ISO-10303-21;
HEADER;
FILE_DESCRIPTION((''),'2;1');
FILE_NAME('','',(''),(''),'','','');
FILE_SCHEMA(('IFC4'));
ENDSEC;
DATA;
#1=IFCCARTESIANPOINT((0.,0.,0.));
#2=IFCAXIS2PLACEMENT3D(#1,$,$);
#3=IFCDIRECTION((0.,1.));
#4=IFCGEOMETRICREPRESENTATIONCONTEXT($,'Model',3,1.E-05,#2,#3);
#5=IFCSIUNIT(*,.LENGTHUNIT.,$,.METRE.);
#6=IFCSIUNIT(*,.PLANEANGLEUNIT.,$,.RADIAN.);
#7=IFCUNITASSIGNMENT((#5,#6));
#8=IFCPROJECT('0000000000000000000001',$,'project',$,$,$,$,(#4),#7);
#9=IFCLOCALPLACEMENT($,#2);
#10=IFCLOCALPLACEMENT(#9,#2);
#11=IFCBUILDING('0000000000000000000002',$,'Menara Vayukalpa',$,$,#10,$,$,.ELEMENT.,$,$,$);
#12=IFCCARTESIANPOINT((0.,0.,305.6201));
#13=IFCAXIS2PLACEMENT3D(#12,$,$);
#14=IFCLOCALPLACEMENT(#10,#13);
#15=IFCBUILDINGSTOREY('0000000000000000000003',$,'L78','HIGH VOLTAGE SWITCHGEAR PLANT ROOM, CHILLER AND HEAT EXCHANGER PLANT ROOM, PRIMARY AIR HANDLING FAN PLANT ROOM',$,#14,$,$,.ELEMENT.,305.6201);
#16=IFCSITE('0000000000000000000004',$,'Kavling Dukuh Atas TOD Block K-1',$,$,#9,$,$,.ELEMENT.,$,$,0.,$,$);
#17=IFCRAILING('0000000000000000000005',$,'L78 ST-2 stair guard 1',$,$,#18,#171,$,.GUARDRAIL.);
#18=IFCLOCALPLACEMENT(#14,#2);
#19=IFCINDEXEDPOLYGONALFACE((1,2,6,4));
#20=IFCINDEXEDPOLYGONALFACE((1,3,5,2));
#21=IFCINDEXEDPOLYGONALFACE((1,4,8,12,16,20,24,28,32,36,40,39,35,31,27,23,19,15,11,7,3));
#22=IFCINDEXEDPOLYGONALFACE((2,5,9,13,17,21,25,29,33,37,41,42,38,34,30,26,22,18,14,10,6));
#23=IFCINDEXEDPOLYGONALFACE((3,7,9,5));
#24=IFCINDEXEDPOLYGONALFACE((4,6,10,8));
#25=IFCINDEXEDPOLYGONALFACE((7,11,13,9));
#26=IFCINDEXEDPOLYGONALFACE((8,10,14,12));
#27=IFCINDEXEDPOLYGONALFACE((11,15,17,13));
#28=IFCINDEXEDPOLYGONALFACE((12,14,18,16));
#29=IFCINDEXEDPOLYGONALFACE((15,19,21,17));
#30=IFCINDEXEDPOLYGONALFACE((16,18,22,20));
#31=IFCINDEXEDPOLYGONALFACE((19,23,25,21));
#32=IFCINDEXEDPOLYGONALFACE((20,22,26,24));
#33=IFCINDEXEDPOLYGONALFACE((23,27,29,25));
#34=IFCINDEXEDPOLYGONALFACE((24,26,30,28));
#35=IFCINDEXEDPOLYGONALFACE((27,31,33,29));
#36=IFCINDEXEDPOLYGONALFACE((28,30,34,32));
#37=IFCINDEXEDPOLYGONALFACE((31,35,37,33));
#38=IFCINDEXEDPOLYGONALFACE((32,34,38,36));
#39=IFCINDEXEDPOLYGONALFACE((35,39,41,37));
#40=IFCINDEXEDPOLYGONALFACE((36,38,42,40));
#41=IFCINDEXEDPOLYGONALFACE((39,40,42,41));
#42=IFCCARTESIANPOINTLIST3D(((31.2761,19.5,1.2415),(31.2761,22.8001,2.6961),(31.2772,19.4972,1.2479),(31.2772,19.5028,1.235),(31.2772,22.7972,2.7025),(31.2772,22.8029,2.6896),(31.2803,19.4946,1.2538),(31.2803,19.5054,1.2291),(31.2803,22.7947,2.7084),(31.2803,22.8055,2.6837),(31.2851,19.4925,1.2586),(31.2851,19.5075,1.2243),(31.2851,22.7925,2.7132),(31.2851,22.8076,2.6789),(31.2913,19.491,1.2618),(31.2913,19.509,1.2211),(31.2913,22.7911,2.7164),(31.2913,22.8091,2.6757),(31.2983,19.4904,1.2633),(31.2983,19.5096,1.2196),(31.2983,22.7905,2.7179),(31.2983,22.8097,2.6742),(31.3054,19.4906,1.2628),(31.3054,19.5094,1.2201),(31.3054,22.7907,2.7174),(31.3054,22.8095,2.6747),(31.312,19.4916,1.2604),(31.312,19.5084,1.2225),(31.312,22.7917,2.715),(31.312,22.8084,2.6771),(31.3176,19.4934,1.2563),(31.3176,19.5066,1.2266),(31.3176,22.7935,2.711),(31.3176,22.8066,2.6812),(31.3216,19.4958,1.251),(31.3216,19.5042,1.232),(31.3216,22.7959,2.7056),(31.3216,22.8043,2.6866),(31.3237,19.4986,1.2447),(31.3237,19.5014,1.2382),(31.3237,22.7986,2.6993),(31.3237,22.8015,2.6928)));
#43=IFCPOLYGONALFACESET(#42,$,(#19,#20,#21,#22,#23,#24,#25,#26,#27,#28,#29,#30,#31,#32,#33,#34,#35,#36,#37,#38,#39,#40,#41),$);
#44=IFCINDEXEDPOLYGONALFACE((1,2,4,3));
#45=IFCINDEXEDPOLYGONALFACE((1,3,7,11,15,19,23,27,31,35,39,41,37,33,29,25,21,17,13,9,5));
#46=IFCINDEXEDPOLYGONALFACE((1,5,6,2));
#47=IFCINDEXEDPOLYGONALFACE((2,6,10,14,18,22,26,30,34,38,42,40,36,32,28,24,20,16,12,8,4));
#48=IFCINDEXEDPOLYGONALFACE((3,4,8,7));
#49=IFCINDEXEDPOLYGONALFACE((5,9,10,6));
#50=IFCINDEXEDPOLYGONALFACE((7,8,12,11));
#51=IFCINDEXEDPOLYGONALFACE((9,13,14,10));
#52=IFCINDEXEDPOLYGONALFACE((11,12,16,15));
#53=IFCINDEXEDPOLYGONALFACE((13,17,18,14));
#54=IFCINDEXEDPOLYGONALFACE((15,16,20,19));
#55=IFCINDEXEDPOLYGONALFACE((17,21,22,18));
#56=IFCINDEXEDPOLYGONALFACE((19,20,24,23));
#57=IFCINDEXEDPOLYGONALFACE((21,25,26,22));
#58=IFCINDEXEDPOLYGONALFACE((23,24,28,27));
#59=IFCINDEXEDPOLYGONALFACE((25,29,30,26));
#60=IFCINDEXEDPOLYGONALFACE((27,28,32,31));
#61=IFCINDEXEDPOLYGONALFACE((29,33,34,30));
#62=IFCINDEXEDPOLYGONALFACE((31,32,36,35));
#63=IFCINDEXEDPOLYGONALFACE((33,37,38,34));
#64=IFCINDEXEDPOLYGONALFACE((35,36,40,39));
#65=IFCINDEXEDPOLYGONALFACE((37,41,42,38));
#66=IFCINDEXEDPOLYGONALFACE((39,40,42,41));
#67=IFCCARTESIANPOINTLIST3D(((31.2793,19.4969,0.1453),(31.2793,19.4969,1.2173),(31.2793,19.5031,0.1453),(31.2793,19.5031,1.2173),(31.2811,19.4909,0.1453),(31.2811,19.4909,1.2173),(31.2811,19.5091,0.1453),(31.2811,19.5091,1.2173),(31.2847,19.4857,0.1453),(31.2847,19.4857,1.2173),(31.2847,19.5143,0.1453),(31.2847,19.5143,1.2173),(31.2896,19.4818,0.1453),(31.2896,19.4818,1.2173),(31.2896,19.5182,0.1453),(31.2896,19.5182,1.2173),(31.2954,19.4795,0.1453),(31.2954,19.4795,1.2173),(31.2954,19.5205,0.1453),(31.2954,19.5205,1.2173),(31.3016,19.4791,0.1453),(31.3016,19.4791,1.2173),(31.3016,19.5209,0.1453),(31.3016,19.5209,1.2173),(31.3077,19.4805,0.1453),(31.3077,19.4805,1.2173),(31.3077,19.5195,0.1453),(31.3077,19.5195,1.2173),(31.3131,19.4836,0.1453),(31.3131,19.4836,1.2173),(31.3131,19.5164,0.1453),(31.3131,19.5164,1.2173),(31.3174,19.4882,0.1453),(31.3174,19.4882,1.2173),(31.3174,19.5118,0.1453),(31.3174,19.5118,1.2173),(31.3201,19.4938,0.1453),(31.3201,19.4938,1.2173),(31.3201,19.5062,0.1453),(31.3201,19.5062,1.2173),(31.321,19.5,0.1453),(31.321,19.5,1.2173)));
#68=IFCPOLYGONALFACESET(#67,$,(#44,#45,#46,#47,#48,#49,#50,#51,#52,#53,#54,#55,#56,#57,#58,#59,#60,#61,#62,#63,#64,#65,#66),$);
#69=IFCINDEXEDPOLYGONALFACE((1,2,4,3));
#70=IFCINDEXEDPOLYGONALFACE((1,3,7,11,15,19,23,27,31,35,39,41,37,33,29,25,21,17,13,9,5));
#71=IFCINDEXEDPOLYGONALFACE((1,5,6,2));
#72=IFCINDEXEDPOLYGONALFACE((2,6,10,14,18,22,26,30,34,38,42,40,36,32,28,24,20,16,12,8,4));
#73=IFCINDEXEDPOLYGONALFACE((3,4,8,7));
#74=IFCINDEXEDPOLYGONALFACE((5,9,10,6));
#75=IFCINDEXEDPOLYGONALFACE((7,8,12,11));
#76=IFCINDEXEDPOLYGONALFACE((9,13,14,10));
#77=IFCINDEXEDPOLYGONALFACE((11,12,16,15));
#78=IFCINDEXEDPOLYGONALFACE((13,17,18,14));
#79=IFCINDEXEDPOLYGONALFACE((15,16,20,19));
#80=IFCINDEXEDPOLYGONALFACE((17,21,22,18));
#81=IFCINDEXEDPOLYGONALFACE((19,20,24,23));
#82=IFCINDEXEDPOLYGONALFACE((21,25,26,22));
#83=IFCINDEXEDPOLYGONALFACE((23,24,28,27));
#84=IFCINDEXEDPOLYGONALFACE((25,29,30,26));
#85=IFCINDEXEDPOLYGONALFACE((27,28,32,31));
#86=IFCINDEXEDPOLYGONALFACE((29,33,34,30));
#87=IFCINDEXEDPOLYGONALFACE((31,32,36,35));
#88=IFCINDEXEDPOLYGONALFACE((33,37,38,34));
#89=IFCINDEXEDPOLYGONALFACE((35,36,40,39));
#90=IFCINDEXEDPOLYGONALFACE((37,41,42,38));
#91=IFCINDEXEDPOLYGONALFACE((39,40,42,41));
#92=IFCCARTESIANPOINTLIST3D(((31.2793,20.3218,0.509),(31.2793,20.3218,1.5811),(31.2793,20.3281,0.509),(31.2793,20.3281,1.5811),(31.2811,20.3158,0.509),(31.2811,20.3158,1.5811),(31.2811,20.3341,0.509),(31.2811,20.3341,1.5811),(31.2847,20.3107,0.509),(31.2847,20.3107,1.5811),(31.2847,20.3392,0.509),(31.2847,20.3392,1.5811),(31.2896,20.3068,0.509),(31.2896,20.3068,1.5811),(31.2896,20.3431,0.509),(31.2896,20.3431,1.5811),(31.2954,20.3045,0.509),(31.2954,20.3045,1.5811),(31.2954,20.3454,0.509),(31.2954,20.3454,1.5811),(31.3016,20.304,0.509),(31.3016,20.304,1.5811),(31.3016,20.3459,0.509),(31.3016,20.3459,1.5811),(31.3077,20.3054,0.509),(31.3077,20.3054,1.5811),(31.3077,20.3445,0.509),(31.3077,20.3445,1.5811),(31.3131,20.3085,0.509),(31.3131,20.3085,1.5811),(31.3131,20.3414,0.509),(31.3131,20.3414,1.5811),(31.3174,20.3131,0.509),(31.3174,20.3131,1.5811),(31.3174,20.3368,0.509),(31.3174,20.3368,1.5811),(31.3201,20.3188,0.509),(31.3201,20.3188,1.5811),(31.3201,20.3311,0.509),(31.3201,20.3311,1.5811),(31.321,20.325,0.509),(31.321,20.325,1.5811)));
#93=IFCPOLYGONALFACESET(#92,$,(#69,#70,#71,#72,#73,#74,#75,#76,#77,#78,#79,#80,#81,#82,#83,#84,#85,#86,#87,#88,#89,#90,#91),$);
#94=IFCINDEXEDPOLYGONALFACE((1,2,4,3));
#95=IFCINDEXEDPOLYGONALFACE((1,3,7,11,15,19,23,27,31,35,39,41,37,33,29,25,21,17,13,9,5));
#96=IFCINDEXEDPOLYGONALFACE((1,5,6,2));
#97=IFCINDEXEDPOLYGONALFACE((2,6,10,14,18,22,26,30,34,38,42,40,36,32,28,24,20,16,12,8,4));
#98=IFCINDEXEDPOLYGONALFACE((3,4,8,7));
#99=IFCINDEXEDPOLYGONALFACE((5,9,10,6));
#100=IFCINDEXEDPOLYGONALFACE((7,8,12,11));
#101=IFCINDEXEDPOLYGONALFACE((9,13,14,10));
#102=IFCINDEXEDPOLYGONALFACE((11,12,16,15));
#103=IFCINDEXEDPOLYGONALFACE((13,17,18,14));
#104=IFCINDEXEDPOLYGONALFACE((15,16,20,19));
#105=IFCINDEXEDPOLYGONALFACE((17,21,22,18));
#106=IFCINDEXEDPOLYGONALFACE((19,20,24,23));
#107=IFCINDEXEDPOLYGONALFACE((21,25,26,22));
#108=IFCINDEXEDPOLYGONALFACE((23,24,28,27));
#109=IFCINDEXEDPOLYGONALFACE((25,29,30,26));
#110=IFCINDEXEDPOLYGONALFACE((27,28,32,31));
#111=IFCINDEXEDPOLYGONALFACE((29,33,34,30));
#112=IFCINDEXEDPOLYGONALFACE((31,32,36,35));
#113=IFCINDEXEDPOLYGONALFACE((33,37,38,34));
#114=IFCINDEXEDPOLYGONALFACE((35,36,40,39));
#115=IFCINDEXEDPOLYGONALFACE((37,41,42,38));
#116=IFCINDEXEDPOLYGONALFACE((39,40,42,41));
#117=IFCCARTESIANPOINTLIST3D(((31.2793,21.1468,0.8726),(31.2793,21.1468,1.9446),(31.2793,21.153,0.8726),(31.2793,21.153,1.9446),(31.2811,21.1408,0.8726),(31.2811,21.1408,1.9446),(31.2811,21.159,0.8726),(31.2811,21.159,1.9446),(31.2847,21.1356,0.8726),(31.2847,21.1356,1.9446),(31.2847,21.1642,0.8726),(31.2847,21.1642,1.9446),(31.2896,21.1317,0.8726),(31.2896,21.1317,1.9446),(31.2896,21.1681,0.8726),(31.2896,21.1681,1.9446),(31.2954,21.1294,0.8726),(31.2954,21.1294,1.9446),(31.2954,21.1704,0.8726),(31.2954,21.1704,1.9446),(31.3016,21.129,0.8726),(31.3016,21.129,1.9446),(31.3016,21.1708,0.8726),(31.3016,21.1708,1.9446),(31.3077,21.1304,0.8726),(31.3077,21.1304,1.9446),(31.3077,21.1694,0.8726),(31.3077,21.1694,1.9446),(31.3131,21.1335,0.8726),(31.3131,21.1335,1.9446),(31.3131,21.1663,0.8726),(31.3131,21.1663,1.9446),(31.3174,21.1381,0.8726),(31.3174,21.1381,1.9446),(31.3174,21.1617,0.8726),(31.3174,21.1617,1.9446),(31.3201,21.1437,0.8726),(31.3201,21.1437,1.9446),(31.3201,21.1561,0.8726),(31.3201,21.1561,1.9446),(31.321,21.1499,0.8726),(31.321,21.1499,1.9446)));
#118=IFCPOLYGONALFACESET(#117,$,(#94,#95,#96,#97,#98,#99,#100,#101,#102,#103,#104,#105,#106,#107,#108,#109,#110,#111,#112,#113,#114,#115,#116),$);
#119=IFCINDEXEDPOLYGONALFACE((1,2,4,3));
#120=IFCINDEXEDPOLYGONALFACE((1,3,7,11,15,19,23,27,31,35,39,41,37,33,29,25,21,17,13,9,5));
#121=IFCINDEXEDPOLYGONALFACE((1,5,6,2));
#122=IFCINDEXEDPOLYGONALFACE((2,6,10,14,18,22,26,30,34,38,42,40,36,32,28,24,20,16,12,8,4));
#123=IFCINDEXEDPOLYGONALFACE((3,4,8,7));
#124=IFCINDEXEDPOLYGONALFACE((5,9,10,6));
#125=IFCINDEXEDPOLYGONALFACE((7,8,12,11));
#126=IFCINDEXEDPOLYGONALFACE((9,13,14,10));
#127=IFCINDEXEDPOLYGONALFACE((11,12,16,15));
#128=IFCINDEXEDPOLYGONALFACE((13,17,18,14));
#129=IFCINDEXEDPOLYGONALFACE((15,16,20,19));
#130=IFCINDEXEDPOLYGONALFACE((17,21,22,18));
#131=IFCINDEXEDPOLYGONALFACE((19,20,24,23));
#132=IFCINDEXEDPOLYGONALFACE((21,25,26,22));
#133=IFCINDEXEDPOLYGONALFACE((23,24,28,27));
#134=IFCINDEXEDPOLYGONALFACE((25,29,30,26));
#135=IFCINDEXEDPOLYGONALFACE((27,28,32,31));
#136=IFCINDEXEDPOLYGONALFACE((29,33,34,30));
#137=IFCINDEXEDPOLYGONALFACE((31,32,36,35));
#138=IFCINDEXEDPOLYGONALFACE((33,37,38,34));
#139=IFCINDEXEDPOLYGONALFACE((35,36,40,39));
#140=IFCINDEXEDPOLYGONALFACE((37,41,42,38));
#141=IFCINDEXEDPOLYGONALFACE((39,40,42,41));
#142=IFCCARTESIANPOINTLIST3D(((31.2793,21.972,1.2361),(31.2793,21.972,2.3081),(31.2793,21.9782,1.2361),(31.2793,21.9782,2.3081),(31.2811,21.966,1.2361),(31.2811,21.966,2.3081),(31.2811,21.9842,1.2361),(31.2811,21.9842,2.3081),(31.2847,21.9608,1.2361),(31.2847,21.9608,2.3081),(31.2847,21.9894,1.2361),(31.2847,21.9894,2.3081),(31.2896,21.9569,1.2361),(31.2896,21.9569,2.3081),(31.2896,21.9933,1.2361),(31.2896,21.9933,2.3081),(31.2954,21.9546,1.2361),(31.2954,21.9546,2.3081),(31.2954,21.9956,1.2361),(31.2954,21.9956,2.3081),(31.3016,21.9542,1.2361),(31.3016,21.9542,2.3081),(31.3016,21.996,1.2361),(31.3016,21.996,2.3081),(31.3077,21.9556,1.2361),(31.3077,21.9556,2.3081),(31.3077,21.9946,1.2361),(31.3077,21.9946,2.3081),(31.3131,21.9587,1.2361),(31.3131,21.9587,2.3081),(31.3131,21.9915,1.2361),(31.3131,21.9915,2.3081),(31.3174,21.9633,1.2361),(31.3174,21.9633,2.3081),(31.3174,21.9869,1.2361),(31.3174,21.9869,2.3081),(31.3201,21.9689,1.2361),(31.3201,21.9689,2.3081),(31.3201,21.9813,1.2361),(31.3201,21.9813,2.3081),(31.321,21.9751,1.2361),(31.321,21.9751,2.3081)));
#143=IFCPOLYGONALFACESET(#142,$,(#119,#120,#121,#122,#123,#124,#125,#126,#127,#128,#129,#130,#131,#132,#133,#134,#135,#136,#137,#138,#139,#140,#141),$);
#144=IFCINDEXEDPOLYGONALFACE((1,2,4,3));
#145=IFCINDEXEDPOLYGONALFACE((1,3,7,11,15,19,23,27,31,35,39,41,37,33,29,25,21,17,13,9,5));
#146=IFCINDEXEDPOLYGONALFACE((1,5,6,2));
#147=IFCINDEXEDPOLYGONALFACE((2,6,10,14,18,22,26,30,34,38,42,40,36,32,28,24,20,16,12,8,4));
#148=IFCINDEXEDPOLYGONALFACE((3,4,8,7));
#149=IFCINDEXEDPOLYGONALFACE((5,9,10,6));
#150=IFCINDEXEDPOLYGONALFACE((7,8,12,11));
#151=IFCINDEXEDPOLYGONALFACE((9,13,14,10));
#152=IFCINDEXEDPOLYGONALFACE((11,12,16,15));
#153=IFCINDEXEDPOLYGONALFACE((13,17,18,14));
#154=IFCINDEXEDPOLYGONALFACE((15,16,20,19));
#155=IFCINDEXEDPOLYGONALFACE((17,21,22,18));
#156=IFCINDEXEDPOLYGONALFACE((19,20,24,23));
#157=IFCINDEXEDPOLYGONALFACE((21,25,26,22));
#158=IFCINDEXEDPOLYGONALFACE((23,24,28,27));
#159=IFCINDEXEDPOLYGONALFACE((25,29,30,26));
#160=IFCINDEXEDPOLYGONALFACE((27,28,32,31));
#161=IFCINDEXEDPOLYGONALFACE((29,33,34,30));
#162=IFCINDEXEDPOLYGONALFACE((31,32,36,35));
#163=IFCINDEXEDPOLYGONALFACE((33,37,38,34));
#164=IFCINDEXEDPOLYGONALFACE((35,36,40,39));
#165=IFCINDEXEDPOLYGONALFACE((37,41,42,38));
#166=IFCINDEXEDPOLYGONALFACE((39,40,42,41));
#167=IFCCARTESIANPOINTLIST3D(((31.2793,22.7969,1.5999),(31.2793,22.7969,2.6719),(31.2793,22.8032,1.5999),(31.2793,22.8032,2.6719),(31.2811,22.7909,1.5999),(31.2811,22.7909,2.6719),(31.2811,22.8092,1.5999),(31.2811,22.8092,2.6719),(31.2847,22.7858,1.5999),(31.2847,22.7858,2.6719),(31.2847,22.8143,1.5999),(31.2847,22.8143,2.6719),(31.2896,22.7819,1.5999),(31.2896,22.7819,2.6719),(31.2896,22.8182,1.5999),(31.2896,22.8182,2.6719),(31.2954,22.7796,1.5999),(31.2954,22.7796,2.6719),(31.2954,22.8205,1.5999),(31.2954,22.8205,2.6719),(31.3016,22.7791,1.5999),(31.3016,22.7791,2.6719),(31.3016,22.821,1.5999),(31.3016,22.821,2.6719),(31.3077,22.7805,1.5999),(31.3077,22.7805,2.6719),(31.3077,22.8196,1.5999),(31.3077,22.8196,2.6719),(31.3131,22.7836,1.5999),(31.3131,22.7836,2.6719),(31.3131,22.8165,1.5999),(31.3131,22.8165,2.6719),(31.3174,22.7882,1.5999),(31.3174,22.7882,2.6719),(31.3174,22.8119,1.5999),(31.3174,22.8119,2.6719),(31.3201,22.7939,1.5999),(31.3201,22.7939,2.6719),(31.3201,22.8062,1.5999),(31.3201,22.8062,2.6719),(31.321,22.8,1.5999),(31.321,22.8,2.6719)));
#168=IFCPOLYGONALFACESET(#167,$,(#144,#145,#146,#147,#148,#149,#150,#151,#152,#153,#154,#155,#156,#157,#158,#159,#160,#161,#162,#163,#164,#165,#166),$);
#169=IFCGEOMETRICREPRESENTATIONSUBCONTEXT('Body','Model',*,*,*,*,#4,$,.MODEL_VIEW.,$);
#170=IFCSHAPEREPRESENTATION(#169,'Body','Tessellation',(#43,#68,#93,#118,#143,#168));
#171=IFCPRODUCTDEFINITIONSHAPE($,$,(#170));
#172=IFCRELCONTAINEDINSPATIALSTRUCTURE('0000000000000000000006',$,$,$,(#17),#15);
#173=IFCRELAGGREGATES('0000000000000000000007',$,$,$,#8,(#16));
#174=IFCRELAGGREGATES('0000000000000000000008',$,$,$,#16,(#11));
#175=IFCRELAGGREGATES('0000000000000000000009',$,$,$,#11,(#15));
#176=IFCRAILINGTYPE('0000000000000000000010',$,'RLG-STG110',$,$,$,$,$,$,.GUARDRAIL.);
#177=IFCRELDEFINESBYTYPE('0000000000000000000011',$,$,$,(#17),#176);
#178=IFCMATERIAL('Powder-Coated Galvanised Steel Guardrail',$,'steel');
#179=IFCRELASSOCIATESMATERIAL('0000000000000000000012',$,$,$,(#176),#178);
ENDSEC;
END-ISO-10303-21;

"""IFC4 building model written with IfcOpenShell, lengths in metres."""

from ifc_helpers import new_model, si_unit, direction, frame, origin, origin_2d, place, context, subcontext, project, spatial, circle, extrude, material, type_object, element, save


model = new_model("IFC4")

# Units and contexts
model_context = context("Model", 3, precision=1e-05, world=origin(), true_north=direction((0.0, 1.0)))
body_context = subcontext(model_context, "Body", "Model", "MODEL_VIEW")
ifc_project = project(units=[si_unit("LENGTHUNIT", "METRE"), si_unit("PLANEANGLEUNIT", "RADIAN")], contexts=[model_context])

# Site, building, storey
site_placement = place(None, origin())
site = spatial("IfcSite", under=ifc_project, at=site_placement, Name="Kavling Dukuh Atas TOD Block K-1", CompositionType="ELEMENT", RefElevation=0.0)
building_placement = place(site_placement, origin())
building = spatial("IfcBuilding", under=site, at=building_placement, Name="Menara Vayukalpa", CompositionType="ELEMENT")
storey_placement = place(building_placement, frame((0.0, 0.0, 305.6201)))
storey = spatial("IfcBuildingStorey", under=building, at=storey_placement, Name="L78", Description="HIGH VOLTAGE SWITCHGEAR PLANT ROOM, CHILLER AND HEAT EXCHANGER PLANT ROOM, PRIMARY AIR HANDLING FAN PLANT ROOM", CompositionType="ELEMENT", Elevation=305.6201)

# Railing
ifc_material_1 = material(Name="Powder-Coated Galvanised Steel Guardrail", Category="steel")
railing_type_1 = type_object("IfcRailingType", Name="RLG-STG110", PredefinedType="GUARDRAIL", material=ifc_material_1)
railing_1_placement = place(storey_placement, frame((31.3, 19.5, 0.1453)))
element("IfcRailing", 1, at=railing_1_placement, inside=storey, type_object=railing_type_1, Name="L78 ST-2 stair guard 1", PredefinedType="GUARDRAIL", context=body_context, shape_type="SweptSolid", body=[
    extrude(circle(Radius=0.0239, at=origin_2d()), frame((0.0, 0.0, 1.0962), z_axis=(0.0, 0.915052, 0.403335), x_axis=(-1.0, 0.0, 0.0)), (0.0, 0.0, 1.0), 3.6064),
    extrude(circle(Radius=0.021, at=origin_2d()), origin(), (0.0, 0.0, 1.0), 1.072),
    extrude(circle(Radius=0.021, at=origin_2d()), frame((0.0, 0.825, 0.3638)), (0.0, 0.0, 1.0), 1.072),
    extrude(circle(Radius=0.021, at=origin_2d()), frame((0.0, 1.6499, 0.7273)), (0.0, 0.0, 1.0), 1.072),
    extrude(circle(Radius=0.021, at=origin_2d()), frame((0.0, 2.4751, 1.0908)), (0.0, 0.0, 1.0), 1.072),
    extrude(circle(Radius=0.021, at=origin_2d()), frame((0.0, 3.3, 1.4546)), (0.0, 0.0, 1.0), 1.072),
])

save(model, "model.ifc")
